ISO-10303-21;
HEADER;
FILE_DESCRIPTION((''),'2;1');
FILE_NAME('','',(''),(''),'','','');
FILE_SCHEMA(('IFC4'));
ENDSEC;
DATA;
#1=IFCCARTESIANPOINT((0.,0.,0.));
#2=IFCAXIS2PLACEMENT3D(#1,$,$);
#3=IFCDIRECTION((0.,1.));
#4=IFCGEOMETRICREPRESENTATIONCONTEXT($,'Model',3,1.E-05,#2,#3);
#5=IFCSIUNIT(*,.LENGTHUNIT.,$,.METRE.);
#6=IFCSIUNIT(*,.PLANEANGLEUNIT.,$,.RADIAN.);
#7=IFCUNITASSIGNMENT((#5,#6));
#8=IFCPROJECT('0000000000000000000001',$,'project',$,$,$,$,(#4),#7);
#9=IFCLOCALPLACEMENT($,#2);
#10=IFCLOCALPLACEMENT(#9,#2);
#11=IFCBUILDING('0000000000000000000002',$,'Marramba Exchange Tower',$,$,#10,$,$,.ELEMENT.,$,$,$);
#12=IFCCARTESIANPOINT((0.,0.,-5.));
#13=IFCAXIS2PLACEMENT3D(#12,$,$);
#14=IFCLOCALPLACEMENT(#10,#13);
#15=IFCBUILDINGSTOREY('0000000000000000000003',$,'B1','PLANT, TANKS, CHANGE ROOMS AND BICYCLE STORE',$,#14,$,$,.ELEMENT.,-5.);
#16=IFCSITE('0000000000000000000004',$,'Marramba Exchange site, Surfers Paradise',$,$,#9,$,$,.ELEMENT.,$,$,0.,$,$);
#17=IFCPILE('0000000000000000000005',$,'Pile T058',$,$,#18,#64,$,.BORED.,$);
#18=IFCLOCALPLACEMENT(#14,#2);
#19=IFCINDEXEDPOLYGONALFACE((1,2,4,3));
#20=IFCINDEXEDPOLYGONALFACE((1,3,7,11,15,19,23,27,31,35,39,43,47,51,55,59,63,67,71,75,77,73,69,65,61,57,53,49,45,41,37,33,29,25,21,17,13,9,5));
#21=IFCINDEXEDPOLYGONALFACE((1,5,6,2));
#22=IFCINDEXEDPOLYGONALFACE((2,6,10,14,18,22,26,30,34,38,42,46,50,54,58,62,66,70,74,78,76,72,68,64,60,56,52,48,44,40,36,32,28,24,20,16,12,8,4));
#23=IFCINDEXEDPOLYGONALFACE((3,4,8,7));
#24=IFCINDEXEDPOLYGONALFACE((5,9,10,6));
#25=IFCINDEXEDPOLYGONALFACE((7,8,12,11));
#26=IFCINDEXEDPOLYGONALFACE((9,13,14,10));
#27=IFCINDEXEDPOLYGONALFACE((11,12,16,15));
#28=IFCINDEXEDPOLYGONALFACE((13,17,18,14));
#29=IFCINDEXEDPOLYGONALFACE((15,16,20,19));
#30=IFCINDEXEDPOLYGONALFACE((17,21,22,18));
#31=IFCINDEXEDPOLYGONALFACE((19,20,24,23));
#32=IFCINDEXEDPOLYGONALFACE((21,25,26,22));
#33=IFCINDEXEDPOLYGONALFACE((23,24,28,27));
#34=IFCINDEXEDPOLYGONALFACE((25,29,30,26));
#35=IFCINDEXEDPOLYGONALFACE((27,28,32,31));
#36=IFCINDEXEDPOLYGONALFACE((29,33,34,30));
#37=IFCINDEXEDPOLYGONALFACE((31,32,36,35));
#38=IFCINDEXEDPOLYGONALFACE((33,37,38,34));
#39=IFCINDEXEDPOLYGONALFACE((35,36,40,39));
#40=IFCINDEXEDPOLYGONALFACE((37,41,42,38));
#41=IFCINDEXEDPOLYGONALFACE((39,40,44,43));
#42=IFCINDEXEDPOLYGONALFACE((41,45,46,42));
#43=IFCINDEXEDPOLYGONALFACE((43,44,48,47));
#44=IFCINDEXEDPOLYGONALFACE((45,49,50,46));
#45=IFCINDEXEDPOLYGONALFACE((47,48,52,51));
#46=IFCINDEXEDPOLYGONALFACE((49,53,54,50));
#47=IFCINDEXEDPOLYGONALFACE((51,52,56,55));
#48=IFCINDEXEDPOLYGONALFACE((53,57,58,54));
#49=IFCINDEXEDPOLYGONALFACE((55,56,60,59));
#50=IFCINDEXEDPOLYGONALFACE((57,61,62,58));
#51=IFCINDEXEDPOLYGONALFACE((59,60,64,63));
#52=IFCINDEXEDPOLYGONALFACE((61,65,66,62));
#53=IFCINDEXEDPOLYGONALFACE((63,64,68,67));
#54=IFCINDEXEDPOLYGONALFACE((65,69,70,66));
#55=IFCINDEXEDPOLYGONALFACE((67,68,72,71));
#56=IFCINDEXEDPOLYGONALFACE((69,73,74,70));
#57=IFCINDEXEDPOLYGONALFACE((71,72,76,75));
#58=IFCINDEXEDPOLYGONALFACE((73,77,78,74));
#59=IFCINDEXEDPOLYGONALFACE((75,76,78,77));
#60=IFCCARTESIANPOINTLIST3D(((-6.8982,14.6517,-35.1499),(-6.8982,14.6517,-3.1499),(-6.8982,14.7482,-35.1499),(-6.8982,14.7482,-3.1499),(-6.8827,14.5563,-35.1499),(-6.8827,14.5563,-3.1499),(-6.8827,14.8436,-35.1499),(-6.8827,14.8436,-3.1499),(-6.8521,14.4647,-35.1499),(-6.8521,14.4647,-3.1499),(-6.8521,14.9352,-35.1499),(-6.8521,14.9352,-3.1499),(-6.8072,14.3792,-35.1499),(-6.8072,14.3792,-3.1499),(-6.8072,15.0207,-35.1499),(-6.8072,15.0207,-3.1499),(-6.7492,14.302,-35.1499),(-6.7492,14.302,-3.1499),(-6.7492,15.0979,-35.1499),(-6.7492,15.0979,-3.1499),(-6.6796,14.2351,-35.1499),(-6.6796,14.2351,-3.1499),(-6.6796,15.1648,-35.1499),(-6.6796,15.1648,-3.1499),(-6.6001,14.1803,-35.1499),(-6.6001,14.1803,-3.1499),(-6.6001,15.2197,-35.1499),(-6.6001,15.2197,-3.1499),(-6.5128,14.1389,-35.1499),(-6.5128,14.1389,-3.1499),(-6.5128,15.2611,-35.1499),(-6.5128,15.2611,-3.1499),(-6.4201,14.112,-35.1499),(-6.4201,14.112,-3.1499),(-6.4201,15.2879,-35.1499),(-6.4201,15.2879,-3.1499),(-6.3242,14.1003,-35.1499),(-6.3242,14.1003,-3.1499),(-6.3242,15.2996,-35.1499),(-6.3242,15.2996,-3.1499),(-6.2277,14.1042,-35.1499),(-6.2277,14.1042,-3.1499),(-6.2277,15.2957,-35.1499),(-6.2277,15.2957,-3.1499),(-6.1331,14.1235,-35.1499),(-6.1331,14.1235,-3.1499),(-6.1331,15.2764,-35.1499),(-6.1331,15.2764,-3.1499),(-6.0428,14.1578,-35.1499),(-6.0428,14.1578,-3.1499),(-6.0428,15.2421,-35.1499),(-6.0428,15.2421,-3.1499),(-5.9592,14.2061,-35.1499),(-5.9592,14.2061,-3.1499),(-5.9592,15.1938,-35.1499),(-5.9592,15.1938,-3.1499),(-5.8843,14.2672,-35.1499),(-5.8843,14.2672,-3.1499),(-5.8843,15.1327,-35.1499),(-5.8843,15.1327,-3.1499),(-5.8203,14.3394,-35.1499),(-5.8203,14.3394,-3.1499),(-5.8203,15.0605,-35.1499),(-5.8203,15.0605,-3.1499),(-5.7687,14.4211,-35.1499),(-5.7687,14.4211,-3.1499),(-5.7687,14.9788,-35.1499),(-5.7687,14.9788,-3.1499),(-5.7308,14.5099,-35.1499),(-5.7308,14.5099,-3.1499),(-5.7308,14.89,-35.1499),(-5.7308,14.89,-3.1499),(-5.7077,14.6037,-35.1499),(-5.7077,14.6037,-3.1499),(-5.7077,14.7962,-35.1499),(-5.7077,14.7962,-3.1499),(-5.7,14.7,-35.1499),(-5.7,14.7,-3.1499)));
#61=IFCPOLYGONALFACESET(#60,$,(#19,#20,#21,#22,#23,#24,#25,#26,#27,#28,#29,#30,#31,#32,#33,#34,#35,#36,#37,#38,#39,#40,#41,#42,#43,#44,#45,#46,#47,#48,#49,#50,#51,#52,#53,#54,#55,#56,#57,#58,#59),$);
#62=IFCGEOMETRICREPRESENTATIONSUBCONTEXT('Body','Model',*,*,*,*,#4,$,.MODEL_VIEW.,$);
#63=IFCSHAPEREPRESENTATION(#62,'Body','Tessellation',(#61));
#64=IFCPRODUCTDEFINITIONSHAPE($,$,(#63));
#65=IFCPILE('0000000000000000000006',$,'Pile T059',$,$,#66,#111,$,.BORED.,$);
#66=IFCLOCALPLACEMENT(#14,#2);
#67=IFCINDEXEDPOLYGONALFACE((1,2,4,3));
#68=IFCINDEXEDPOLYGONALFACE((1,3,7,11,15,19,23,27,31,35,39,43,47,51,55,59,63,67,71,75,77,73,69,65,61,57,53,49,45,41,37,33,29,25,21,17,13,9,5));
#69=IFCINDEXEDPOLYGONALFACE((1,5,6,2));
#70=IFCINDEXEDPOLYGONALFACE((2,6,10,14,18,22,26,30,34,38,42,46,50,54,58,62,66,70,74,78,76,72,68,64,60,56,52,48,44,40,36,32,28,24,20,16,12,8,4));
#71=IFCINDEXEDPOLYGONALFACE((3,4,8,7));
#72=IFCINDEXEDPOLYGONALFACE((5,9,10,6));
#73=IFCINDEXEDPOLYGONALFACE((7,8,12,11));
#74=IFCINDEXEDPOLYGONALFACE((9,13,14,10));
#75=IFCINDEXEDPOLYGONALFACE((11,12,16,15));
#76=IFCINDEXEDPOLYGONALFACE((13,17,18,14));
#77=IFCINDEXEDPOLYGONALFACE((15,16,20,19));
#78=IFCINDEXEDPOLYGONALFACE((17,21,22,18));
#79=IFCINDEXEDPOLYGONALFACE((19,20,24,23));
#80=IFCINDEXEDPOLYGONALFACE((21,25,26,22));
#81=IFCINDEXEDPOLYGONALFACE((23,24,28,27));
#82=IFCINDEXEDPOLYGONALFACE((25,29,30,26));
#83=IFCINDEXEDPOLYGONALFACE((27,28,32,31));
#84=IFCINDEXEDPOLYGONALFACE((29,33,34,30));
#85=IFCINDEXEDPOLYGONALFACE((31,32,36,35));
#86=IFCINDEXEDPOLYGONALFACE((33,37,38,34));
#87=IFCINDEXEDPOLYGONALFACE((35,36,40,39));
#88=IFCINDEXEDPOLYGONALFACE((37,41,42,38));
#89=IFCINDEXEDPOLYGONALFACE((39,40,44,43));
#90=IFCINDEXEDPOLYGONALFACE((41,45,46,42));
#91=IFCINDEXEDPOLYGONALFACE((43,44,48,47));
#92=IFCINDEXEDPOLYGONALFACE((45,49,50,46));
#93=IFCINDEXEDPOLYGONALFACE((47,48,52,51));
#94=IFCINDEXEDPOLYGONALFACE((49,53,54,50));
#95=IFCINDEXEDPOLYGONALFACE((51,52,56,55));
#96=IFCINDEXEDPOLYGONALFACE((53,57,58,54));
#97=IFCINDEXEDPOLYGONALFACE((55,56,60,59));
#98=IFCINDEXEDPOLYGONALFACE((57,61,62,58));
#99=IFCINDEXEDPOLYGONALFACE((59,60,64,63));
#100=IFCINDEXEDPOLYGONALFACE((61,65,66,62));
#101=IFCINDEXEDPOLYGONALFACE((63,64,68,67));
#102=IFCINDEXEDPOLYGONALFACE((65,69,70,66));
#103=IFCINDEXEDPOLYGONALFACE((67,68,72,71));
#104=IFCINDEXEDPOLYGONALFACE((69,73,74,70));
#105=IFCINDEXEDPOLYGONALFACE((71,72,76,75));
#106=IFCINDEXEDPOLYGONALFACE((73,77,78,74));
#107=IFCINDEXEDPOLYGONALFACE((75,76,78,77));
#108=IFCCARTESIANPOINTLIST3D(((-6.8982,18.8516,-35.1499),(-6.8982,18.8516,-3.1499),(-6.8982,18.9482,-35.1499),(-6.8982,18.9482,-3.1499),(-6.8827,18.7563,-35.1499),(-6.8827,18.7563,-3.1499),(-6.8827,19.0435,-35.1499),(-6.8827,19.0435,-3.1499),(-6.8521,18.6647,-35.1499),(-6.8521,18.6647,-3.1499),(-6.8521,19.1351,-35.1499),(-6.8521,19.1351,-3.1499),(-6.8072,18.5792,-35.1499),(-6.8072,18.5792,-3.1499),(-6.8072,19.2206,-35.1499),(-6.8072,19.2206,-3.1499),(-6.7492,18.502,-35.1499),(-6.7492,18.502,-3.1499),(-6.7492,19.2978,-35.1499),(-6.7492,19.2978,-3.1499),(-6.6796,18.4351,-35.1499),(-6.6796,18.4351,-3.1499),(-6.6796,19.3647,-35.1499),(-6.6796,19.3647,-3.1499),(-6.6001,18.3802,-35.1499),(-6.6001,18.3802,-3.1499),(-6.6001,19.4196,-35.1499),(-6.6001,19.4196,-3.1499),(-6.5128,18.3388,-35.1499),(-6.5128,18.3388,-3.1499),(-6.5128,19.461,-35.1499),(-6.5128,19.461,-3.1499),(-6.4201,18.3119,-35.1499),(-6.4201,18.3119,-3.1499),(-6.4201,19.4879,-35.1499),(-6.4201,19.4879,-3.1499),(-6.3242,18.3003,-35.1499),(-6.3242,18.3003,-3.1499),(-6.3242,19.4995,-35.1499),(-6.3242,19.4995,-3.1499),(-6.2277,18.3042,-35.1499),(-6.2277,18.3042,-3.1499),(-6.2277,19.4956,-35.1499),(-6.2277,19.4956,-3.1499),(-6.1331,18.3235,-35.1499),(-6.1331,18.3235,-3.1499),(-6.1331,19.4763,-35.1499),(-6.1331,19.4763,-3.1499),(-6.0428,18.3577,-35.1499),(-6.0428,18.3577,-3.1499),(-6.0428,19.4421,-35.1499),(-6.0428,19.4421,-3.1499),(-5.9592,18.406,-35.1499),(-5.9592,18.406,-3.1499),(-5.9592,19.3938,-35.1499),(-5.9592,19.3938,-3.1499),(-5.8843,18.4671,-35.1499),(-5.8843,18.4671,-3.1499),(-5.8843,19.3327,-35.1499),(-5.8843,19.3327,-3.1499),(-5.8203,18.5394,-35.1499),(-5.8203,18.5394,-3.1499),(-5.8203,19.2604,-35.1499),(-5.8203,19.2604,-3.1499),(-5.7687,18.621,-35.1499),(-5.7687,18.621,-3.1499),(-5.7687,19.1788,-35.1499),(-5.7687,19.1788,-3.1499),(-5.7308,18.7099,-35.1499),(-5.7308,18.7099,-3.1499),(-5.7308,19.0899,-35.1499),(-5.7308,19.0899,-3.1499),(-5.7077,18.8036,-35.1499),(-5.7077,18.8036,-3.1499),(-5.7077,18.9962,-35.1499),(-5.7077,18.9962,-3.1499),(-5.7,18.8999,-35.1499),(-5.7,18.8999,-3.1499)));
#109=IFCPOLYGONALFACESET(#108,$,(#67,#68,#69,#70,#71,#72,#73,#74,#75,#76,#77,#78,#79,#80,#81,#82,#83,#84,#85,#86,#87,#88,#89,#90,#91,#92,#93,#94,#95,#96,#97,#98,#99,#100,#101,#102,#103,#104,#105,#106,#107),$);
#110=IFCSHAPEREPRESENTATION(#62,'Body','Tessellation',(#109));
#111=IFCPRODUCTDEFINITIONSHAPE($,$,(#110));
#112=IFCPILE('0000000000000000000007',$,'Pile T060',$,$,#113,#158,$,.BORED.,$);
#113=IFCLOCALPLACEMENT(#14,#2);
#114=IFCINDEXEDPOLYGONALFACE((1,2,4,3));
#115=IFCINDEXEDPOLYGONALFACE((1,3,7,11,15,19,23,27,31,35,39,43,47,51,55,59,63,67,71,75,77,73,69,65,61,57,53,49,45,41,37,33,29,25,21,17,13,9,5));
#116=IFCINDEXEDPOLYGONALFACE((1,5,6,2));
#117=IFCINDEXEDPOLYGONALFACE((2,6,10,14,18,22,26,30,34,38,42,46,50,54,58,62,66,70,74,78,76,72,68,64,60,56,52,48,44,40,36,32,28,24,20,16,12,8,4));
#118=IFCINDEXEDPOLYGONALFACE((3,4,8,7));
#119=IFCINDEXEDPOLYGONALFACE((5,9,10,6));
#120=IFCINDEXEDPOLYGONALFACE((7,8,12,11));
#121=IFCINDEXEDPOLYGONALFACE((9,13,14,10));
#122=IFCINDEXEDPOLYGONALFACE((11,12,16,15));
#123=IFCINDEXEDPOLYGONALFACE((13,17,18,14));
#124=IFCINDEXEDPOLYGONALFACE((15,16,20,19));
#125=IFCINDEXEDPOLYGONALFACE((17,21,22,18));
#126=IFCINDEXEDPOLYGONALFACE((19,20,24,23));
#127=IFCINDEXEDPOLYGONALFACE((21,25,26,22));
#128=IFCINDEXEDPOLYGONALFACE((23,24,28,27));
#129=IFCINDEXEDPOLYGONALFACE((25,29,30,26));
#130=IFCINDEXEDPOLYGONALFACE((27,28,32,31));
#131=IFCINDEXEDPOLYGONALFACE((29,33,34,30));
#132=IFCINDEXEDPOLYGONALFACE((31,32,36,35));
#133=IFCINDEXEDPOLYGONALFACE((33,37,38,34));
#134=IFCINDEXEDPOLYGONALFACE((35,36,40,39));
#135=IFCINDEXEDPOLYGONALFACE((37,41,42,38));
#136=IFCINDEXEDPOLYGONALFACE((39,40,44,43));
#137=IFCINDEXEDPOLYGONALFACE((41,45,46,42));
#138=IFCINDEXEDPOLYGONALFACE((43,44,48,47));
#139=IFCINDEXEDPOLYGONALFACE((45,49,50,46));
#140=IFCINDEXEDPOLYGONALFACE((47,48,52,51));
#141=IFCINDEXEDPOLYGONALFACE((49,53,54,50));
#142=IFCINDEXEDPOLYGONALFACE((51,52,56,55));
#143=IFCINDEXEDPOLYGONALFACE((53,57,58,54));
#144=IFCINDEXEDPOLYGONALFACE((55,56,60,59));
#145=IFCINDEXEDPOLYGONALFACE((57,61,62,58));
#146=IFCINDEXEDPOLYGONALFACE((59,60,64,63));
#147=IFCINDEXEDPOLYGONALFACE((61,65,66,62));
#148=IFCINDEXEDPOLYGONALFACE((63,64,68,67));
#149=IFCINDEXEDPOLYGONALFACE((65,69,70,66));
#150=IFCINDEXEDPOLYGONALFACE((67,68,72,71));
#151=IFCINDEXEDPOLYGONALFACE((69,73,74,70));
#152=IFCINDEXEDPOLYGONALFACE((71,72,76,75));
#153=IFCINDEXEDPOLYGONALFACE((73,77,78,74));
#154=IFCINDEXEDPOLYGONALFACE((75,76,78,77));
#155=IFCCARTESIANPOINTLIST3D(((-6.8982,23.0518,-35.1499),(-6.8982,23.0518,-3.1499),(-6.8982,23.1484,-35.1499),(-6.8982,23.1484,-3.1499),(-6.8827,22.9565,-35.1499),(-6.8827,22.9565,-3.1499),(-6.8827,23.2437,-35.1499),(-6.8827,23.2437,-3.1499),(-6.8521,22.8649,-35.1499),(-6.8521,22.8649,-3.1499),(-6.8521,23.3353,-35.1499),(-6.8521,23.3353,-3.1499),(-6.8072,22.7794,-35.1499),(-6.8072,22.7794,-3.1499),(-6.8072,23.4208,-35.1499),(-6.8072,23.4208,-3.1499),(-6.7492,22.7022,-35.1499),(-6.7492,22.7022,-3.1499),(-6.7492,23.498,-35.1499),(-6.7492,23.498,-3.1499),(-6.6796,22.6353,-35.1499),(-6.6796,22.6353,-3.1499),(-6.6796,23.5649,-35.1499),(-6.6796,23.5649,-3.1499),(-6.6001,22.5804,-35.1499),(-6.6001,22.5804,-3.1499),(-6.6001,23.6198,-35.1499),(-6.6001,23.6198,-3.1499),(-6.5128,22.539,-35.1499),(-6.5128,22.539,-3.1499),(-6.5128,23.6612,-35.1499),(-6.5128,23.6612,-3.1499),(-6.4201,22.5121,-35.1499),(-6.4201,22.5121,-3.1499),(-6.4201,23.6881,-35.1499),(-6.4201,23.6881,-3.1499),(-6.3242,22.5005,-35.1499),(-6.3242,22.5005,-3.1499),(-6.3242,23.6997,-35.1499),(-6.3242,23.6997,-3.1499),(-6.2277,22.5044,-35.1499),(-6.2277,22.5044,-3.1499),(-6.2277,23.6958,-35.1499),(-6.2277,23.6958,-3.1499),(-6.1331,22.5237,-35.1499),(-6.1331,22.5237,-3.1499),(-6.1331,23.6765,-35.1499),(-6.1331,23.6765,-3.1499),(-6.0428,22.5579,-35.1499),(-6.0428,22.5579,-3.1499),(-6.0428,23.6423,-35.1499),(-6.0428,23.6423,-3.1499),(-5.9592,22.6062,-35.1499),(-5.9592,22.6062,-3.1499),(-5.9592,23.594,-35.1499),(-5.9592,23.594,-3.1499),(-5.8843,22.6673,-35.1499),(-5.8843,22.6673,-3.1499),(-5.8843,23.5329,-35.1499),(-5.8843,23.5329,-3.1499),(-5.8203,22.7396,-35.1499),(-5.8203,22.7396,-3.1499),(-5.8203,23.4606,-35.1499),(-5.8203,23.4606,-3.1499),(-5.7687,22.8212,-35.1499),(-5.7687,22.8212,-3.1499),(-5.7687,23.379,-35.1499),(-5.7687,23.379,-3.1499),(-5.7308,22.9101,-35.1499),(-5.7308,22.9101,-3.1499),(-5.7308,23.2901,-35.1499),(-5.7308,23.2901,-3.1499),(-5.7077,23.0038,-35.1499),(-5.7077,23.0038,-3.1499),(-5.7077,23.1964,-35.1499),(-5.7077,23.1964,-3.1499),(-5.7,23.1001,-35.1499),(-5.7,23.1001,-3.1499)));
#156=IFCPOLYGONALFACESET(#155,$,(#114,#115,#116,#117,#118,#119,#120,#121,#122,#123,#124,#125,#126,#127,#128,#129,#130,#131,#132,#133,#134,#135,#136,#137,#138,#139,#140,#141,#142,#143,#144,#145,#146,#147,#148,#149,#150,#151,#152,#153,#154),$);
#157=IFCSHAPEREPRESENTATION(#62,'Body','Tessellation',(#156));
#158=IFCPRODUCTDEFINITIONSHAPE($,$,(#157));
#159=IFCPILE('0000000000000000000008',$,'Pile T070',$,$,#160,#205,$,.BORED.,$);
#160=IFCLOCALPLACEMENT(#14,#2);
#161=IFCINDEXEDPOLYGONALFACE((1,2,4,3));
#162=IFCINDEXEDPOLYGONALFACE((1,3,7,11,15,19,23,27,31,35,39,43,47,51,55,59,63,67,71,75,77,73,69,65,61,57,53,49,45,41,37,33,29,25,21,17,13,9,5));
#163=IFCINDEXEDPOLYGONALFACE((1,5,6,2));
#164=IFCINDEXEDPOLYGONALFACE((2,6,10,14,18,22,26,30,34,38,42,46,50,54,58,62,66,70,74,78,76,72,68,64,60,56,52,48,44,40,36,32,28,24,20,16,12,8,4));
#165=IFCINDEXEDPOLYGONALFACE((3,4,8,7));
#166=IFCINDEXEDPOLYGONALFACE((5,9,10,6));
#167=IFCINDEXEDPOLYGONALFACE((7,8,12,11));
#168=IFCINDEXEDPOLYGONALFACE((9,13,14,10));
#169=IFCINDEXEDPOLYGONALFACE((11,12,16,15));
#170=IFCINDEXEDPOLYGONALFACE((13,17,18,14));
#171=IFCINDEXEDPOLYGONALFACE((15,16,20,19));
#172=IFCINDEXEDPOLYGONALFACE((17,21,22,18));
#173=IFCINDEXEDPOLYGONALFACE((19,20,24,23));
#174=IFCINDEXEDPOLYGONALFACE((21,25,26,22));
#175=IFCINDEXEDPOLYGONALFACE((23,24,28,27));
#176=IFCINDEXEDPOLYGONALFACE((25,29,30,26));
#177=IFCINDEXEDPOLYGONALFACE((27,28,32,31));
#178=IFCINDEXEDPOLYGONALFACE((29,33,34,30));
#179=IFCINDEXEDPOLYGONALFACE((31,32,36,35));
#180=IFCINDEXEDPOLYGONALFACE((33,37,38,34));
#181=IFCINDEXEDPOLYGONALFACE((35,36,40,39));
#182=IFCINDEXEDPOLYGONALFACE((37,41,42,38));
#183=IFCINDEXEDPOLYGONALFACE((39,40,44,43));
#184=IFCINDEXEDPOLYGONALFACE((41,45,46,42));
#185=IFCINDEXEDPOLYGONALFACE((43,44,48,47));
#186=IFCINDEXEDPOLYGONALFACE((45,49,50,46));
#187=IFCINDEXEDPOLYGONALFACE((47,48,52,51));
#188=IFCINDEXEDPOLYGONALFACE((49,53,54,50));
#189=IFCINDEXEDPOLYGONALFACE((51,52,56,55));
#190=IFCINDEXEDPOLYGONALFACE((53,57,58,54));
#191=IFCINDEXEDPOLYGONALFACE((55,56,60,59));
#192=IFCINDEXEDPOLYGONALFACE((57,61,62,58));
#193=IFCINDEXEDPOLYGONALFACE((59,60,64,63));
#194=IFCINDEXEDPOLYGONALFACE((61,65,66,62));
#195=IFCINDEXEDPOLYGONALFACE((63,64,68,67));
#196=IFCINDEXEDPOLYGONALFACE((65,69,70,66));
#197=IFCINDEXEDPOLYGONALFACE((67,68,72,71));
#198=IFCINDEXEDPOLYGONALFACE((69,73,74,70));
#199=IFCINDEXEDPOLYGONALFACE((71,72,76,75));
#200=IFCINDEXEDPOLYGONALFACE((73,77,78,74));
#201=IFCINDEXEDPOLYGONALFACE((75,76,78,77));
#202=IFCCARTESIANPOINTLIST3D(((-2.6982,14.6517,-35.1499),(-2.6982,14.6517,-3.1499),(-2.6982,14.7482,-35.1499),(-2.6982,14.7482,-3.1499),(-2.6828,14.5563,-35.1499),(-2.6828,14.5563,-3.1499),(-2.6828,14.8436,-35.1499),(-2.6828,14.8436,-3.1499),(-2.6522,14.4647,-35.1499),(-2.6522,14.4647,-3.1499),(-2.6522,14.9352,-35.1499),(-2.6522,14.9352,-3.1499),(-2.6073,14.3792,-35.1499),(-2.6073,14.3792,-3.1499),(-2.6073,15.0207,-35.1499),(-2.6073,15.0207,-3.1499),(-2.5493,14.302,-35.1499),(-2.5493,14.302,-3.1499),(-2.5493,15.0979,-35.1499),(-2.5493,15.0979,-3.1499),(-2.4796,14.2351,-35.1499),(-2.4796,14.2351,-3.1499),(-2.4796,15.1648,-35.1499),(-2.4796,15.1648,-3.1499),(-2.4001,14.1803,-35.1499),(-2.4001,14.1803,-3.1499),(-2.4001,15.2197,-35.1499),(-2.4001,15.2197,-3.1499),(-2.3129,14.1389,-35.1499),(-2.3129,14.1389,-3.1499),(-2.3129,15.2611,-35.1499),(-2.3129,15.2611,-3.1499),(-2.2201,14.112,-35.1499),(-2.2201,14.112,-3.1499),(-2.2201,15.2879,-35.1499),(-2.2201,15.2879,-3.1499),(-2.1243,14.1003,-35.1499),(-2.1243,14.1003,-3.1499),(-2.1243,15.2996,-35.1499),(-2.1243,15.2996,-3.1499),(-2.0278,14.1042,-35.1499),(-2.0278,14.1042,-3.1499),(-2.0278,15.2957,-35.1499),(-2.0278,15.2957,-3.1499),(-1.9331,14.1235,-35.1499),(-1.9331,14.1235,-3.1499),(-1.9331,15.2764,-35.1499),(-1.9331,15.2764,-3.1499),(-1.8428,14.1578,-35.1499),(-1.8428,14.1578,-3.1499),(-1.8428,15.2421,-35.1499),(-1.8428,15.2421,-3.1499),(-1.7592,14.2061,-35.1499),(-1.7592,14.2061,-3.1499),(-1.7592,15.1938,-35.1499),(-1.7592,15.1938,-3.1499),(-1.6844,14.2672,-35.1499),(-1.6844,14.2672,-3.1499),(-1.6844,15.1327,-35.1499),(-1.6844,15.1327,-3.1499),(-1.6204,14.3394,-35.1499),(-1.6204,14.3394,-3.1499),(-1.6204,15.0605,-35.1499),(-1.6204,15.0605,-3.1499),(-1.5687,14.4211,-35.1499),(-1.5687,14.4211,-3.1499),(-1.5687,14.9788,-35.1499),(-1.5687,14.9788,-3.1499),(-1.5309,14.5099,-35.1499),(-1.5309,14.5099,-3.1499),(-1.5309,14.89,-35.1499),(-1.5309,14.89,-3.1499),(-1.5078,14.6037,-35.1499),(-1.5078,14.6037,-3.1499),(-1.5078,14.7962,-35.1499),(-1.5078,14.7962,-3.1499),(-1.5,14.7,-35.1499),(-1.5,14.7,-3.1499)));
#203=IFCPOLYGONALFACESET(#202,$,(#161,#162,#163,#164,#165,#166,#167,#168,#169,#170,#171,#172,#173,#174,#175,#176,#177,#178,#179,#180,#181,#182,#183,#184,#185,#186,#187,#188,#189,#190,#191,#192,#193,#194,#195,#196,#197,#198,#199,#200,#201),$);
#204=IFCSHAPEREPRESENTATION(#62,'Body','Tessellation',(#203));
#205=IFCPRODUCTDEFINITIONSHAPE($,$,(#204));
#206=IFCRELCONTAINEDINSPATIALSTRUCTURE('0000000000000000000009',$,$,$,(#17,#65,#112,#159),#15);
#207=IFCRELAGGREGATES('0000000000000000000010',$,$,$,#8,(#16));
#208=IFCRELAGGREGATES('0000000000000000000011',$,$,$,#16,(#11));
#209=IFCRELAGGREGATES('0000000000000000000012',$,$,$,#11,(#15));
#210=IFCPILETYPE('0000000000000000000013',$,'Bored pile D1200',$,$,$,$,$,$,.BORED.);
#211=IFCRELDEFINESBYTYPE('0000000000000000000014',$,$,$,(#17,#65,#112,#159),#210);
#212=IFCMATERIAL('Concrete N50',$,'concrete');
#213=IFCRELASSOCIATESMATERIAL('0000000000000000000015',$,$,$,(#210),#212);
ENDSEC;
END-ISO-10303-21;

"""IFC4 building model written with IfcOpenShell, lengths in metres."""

from ifc_helpers import new_model, si_unit, direction, frame, origin, origin_2d, place, context, subcontext, project, spatial, circle, extrude, material, material_profile, profile_set, type_object, element, save


model = new_model("IFC4")

# Units and contexts
model_context = context("Model", 3, precision=1e-05, world=origin(), true_north=direction((0.0, 1.0)))
body_context = subcontext(model_context, "Body", "Model", "MODEL_VIEW")
ifc_project = project(units=[si_unit("LENGTHUNIT", "METRE"), si_unit("PLANEANGLEUNIT", "RADIAN")], contexts=[model_context])

# Site, building, storey
site_placement = place(None, origin())
site = spatial("IfcSite", under=ifc_project, at=site_placement, Name="Marramba Exchange site, Surfers Paradise", CompositionType="ELEMENT", RefElevation=0.0)
building_placement = place(site_placement, origin())
building = spatial("IfcBuilding", under=site, at=building_placement, Name="Marramba Exchange Tower", CompositionType="ELEMENT")
storey_placement = place(building_placement, frame((0.0, 0.0, -5.0)))
storey = spatial("IfcBuildingStorey", under=building, at=storey_placement, Name="B1", Description="PLANT, TANKS, CHANGE ROOMS AND BICYCLE STORE", CompositionType="ELEMENT", Elevation=-5.0)

# Piles
ifc_material_1 = material(Name="Concrete N50", Category="concrete")
ifc_material_profile_1 = material_profile(ifc_material_1, circle(Radius=0.6001, at=origin_2d()), Name="BP D1200")
ifc_profile_set_1 = profile_set([ifc_material_profile_1], Name="Concrete N50")
pile_type = type_object("IfcPileType", Name="Bored pile D1200", PredefinedType="BORED", material=ifc_profile_set_1)
for number, where, z_axis, x_axis, name in (
    (1, (-6.3, 14.7, -3.1499), (0.0, 0.0, -1.0), (1.0, 0.0, 0.0), "Pile T058"),
    (2, (-6.3, 18.8999, -3.1499), (0.0, 0.0, -1.0), (1.0, 0.0, 0.0), "Pile T059"),
    (3, (-6.3, 23.1001, -3.1499), (0.0, 0.0, -1.0), (1.0, 0.0, 0.0), "Pile T060"),
    (4, (-2.1001, 14.7, -3.1499), (0.0, 0.0, -1.0), (1.0, 0.0, 0.0), "Pile T070"),
):
    element("IfcPile", number, at=place(storey_placement, frame(where, z_axis=z_axis, x_axis=x_axis)), inside=storey, type_object=pile_type, Name=name, PredefinedType="BORED", context=body_context, shape_type="SweptSolid", body=[
        extrude(circle(Radius=0.6001, at=origin_2d()), origin(), (0.0, 0.0, 1.0), 32.0),
    ])

save(model, "model.ifc")
